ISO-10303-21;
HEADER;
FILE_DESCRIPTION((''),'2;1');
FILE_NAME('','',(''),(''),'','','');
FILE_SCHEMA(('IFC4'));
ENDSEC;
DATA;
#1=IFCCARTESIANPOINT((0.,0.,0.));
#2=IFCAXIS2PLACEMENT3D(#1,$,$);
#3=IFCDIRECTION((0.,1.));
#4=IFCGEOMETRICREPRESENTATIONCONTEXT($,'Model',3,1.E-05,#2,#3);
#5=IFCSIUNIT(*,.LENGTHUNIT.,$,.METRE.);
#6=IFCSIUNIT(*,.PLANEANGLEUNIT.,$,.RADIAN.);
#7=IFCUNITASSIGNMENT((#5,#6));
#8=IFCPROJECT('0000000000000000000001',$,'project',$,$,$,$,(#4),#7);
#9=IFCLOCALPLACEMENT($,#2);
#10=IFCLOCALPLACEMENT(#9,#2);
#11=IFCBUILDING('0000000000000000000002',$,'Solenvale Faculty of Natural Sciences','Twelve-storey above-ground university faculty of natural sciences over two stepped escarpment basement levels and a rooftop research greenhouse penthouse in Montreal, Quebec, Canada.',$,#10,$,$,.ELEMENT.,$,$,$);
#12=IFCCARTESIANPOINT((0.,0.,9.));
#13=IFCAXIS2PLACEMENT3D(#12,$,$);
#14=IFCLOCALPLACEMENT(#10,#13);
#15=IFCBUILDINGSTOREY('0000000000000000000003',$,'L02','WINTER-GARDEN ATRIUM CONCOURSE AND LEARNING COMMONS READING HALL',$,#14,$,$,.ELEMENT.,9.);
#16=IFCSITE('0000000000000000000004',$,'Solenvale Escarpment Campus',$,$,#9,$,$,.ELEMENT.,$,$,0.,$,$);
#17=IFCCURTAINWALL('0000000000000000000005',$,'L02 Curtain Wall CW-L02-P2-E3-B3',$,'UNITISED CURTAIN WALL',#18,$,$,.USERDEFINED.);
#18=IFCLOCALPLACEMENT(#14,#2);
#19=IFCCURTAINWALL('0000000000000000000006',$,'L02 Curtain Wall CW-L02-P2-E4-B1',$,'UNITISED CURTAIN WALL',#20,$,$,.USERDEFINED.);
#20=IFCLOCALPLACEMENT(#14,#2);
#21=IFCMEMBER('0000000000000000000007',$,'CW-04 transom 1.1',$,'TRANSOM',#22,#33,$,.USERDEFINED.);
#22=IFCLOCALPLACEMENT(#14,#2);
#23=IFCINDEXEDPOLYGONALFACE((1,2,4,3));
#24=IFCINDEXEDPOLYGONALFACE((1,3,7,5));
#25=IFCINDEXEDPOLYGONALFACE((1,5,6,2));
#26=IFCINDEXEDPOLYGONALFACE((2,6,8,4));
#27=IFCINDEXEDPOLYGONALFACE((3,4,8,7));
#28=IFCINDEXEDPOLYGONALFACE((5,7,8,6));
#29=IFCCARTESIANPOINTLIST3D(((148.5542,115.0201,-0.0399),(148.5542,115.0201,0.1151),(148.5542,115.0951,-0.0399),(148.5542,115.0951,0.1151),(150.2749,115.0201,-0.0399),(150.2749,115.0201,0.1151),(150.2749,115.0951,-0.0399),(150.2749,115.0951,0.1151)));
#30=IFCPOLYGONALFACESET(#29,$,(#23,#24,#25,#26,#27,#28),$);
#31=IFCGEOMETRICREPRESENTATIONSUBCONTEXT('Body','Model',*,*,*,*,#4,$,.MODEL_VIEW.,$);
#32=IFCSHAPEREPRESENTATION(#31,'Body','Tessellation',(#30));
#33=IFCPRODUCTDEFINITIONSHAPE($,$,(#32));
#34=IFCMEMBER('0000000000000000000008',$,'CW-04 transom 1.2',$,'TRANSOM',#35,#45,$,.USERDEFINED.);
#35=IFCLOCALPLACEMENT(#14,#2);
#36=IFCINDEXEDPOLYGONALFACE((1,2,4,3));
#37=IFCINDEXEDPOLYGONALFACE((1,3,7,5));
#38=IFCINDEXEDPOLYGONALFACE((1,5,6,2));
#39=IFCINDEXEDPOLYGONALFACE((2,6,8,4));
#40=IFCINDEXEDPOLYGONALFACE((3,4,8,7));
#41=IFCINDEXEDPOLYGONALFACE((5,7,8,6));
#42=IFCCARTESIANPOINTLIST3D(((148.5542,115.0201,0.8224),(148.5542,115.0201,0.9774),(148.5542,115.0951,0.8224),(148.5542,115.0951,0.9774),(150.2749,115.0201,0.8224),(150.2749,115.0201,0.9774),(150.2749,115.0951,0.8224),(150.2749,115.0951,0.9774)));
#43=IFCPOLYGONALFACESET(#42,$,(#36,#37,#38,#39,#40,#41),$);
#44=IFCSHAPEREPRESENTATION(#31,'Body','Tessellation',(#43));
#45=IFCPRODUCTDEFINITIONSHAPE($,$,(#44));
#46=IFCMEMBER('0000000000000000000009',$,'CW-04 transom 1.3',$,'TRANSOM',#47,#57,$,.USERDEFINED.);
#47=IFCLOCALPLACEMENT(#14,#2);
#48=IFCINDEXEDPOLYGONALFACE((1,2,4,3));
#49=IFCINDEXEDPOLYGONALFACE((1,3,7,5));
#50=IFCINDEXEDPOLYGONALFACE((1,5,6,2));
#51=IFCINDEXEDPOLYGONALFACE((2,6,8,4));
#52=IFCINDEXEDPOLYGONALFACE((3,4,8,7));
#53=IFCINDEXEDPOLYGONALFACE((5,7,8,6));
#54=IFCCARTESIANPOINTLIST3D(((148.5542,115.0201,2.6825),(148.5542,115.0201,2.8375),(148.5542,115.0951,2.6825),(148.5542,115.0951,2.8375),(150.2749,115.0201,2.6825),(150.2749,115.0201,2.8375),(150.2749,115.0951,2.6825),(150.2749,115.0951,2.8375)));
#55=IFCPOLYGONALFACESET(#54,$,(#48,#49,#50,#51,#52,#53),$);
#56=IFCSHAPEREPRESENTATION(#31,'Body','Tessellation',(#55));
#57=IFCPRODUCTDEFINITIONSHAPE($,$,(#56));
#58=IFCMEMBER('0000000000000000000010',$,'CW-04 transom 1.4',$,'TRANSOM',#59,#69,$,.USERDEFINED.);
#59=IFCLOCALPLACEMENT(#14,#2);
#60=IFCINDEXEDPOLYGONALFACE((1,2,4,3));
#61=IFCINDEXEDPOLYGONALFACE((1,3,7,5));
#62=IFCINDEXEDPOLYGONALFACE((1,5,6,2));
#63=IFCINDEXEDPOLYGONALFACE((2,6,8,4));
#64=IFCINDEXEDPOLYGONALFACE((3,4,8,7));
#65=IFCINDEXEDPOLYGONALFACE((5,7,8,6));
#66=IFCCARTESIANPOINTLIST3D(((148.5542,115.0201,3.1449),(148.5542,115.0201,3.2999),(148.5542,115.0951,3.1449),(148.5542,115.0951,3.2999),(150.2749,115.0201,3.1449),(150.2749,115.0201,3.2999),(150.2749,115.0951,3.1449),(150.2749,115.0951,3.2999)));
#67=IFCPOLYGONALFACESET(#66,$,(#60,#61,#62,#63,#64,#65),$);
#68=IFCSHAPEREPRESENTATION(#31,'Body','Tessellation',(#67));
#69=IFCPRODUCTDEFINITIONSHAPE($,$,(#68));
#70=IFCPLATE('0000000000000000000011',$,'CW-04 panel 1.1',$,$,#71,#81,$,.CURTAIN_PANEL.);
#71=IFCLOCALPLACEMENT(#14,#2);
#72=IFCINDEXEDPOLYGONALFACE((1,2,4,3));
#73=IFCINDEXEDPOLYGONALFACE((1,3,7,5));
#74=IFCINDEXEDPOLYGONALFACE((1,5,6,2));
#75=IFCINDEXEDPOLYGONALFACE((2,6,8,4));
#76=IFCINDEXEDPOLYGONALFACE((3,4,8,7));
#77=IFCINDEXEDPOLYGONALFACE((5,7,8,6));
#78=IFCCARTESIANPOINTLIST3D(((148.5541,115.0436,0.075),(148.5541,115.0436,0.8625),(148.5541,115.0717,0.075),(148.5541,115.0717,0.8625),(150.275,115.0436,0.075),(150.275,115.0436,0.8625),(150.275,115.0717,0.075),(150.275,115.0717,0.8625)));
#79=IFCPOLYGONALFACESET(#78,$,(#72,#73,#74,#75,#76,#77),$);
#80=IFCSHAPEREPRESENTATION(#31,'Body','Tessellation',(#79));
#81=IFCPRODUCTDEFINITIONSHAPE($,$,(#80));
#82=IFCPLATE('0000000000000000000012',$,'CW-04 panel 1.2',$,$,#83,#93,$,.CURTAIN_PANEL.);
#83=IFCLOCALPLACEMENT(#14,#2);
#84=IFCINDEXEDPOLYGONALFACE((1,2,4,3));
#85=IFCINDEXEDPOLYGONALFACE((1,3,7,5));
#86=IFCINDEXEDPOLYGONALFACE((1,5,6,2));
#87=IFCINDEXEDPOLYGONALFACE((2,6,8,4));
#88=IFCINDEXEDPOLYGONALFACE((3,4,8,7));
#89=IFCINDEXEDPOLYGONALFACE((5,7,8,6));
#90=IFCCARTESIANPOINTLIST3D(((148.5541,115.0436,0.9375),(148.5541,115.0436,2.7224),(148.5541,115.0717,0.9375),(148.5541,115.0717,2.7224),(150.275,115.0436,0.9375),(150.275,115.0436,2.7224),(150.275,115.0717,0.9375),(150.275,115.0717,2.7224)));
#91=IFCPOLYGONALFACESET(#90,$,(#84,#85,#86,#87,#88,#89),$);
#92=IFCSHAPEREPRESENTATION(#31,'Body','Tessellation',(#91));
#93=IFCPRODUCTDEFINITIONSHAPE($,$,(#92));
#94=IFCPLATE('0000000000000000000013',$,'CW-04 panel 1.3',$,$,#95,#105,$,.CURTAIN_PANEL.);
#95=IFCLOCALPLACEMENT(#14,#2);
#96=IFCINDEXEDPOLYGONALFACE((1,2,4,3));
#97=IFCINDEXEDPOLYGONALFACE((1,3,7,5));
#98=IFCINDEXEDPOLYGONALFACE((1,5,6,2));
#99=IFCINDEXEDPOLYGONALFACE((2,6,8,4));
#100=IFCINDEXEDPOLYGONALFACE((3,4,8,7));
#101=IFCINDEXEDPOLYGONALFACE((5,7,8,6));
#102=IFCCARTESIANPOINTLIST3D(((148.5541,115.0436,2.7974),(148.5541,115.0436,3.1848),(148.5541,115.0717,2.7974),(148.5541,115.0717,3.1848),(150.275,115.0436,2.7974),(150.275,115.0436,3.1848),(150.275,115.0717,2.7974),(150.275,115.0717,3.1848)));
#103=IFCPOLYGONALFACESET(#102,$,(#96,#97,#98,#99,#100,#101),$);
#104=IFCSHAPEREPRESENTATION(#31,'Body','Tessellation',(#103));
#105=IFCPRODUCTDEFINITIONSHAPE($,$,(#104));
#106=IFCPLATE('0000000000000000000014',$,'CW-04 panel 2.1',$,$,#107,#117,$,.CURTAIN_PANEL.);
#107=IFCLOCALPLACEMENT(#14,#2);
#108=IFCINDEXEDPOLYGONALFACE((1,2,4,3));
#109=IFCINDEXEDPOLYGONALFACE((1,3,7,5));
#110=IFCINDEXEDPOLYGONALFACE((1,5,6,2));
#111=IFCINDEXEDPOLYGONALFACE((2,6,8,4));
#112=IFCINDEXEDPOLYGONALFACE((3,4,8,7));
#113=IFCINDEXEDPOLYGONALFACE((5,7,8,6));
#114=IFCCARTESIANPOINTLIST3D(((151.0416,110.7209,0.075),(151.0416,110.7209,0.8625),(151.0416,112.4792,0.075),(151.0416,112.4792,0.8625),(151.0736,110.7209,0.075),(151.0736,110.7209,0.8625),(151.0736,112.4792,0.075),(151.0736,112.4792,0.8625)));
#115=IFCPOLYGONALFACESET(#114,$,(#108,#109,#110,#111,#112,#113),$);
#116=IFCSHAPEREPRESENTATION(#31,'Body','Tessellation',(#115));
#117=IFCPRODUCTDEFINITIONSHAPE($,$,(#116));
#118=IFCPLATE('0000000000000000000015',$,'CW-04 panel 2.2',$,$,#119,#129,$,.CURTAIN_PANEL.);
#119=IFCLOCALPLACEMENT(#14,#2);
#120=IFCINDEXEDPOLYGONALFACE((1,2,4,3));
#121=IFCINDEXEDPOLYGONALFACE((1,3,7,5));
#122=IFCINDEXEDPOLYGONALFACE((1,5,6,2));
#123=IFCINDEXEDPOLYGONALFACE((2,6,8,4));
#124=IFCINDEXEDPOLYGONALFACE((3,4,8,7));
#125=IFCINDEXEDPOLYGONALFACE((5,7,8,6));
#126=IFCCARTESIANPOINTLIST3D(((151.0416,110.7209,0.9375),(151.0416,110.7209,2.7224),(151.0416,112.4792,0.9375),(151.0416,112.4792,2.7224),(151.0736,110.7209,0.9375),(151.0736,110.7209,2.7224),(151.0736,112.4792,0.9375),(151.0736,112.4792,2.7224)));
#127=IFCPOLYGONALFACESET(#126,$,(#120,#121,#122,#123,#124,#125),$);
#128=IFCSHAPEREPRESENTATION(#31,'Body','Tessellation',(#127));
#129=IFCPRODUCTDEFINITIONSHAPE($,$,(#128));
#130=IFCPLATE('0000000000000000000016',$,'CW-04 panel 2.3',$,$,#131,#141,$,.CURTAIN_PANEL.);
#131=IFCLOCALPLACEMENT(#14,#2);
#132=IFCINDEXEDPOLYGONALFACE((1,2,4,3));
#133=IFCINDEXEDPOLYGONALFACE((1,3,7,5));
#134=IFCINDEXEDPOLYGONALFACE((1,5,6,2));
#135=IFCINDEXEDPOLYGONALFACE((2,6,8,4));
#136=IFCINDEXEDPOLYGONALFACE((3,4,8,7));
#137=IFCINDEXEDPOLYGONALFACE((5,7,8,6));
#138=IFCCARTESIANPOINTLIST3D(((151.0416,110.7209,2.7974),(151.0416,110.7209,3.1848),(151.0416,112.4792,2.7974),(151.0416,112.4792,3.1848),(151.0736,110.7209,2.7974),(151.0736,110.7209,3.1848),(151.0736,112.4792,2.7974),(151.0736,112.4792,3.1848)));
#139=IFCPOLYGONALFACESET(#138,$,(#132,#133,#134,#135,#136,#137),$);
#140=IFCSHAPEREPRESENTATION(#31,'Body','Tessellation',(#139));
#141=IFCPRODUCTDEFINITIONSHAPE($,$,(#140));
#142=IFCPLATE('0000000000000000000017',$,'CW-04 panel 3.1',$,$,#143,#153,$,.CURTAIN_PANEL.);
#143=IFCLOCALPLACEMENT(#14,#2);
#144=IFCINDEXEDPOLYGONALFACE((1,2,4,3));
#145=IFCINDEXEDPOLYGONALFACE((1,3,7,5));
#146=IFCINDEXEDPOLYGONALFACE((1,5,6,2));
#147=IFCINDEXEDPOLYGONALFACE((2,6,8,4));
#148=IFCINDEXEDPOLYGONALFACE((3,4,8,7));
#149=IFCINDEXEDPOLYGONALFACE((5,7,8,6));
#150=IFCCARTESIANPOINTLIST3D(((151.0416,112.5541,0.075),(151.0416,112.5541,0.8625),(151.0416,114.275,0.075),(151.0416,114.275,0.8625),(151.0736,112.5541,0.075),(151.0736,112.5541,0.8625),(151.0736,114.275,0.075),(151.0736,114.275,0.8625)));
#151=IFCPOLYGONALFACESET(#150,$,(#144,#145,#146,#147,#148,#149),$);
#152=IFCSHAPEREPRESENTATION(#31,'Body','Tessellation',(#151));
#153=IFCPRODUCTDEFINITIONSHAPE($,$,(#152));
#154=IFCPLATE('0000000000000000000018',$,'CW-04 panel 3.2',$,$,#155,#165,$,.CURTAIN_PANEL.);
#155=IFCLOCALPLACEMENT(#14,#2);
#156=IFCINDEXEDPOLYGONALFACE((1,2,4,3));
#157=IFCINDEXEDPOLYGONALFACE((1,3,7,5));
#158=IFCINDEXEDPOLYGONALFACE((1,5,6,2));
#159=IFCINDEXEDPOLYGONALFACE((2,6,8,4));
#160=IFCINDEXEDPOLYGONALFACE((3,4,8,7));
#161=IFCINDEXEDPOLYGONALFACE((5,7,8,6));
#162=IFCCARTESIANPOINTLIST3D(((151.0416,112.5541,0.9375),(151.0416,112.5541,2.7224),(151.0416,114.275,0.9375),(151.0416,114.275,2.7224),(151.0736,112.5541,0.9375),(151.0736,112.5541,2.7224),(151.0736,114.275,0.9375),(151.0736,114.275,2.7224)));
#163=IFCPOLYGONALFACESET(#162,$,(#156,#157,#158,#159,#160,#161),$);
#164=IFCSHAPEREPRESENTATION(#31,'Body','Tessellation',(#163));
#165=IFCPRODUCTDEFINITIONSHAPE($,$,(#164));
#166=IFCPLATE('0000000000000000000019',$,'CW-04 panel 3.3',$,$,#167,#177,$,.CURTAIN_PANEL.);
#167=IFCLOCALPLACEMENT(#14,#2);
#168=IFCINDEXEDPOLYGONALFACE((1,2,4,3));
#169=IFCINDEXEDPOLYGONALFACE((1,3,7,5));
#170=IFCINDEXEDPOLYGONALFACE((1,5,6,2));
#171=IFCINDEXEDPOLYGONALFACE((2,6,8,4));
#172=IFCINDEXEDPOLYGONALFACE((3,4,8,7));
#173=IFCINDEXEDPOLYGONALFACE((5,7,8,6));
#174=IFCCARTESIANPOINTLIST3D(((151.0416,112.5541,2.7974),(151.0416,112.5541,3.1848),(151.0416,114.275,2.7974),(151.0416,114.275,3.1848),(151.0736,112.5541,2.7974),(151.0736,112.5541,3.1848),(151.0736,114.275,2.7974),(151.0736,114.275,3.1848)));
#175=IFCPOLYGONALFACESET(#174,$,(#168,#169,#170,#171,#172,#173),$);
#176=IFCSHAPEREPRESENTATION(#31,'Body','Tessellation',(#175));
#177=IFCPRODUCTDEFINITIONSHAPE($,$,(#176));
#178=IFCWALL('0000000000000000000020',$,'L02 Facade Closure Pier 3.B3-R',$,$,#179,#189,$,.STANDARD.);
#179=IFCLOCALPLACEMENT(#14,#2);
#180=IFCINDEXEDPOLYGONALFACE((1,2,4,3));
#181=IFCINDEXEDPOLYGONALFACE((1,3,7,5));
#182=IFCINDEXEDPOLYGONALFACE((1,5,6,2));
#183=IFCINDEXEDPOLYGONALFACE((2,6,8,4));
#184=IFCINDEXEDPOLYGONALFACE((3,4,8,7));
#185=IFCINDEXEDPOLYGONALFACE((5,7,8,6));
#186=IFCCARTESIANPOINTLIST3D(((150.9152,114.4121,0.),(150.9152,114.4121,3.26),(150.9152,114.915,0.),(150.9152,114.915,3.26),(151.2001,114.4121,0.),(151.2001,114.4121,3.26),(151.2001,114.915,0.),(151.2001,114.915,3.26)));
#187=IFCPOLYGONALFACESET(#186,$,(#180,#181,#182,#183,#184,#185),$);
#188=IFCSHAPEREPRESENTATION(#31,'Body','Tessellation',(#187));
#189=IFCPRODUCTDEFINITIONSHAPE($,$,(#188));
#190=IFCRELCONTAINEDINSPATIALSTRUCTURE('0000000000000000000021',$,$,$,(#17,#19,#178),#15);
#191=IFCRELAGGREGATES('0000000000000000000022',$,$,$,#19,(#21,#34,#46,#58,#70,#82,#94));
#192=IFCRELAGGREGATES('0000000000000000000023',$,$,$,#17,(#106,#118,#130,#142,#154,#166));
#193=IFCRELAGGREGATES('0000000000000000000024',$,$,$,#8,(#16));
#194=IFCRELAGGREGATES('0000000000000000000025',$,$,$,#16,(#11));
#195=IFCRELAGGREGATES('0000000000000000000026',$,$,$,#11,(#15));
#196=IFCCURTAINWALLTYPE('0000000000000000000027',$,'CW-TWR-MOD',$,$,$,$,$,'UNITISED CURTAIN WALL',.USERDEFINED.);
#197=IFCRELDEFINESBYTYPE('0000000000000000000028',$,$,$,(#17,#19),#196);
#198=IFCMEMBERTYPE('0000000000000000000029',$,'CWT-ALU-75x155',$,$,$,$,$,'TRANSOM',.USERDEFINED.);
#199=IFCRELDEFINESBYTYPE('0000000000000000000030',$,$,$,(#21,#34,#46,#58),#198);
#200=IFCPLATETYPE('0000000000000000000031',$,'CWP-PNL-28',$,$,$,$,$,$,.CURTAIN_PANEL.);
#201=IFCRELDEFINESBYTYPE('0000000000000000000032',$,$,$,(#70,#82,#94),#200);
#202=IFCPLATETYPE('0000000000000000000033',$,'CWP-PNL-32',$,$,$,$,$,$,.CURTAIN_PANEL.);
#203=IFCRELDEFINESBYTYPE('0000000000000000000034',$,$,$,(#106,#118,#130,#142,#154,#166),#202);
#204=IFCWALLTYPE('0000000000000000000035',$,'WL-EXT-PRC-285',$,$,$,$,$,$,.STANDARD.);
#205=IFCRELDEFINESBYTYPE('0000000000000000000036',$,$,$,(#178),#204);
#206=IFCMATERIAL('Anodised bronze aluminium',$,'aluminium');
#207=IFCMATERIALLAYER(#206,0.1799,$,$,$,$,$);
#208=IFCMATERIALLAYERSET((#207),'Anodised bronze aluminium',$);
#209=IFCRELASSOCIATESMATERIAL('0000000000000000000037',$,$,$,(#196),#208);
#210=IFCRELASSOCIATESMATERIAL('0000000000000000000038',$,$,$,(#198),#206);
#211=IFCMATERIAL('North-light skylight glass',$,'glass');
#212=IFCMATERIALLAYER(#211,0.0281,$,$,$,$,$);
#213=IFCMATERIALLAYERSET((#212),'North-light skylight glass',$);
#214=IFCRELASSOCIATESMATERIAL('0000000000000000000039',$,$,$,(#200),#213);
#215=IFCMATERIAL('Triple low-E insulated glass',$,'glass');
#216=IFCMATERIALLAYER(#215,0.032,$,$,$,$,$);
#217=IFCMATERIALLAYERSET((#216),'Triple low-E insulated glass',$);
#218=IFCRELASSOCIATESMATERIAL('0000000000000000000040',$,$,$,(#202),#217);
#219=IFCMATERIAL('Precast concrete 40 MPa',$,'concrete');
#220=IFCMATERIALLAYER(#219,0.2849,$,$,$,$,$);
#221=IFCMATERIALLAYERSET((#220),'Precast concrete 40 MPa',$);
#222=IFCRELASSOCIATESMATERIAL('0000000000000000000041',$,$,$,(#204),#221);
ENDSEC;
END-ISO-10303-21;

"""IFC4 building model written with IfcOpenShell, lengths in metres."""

from ifc_helpers import new_model, si_unit, direction, frame, frame_2d, origin, origin_2d, place, context, subcontext, project, spatial, rectangle, extrude, material, layer, layer_set, material_profile, profile_set, type_object, element, aggregate, save


model = new_model("IFC4")

# Units and contexts
model_context = context("Model", 3, precision=1e-05, world=origin(), true_north=direction((0.0, 1.0)))
body_context = subcontext(model_context, "Body", "Model", "MODEL_VIEW")
ifc_project = project(units=[si_unit("LENGTHUNIT", "METRE"), si_unit("PLANEANGLEUNIT", "RADIAN")], contexts=[model_context])

# Site, building, storey
site_placement = place(None, origin())
site = spatial("IfcSite", under=ifc_project, at=site_placement, Name="Solenvale Escarpment Campus", CompositionType="ELEMENT", RefElevation=0.0)
building_placement = place(site_placement, origin())
building = spatial("IfcBuilding", under=site, at=building_placement, Name="Solenvale Faculty of Natural Sciences", Description="Twelve-storey above-ground university faculty of natural sciences over two stepped escarpment basement levels and a rooftop research greenhouse penthouse in Montreal, Quebec, Canada.", CompositionType="ELEMENT")
storey_placement = place(building_placement, frame((0.0, 0.0, 9.0)))
storey = spatial("IfcBuildingStorey", under=building, at=storey_placement, Name="L02", Description="WINTER-GARDEN ATRIUM CONCOURSE AND LEARNING COMMONS READING HALL", CompositionType="ELEMENT", Elevation=9.0)

# Curtain walls
ifc_material_1 = material(Name="Anodised bronze aluminium", Category="aluminium")
ifc_layer_1 = layer(ifc_material_1, 0.1799)
ifc_layer_set_1 = layer_set([ifc_layer_1], Name="Anodised bronze aluminium")
curtain_wall_type = type_object("IfcCurtainWallType", Name="CW-TWR-MOD", ElementType="UNITISED CURTAIN WALL", PredefinedType="USERDEFINED", material=ifc_layer_set_1)
curtain_wall_1_placement = place(storey_placement, origin())
curtain_wall_1 = element("IfcCurtainWall", 1, at=curtain_wall_1_placement, inside=storey, type_object=curtain_wall_type, Name="L02 Curtain Wall CW-L02-P2-E3-B3", ObjectType="UNITISED CURTAIN WALL", PredefinedType="USERDEFINED")
curtain_wall_2_placement = place(storey_placement, origin())
curtain_wall_2 = element("IfcCurtainWall", 2, at=curtain_wall_2_placement, inside=storey, type_object=curtain_wall_type, Name="L02 Curtain Wall CW-L02-P2-E4-B1", ObjectType="UNITISED CURTAIN WALL", PredefinedType="USERDEFINED")

# Members
ifc_material_profile_1 = material_profile(ifc_material_1, rectangle(XDim=0.075, YDim=0.155, at=origin_2d()), Name="ALU-TRN-75x155")
ifc_profile_set_1 = profile_set([ifc_material_profile_1], Name="Anodised bronze aluminium")
member_type_1 = type_object("IfcMemberType", Name="CWT-ALU-75x155", ElementType="TRANSOM", PredefinedType="USERDEFINED", material=ifc_profile_set_1)
member_1_placement = place(storey_placement, frame((150.2749, 115.0576, 0.0376), z_axis=(-1.0, 0.0, 0.0), x_axis=(0.0, -1.0, 0.0)))
member_1 = element("IfcMember", 3, at=member_1_placement, type_object=member_type_1, Name="CW-04 transom 1.1", ObjectType="TRANSOM", PredefinedType="USERDEFINED", context=body_context, shape_type="SweptSolid", body=[
    extrude(rectangle(XDim=0.075, YDim=0.155, at=origin_2d()), origin(), (0.0, 0.0, 1.0), 1.7207),
])
member_2_placement = place(storey_placement, frame((150.2749, 115.0576, 0.8999), z_axis=(-1.0, 0.0, 0.0), x_axis=(0.0, -1.0, 0.0)))
member_2 = element("IfcMember", 4, at=member_2_placement, type_object=member_type_1, Name="CW-04 transom 1.2", ObjectType="TRANSOM", PredefinedType="USERDEFINED", context=body_context, shape_type="SweptSolid", body=[
    extrude(rectangle(XDim=0.075, YDim=0.155, at=origin_2d()), origin(), (0.0, 0.0, 1.0), 1.7207),
])
member_3_placement = place(storey_placement, frame((150.2749, 115.0576, 2.76), z_axis=(-1.0, 0.0, 0.0), x_axis=(0.0, -1.0, 0.0)))
member_3 = element("IfcMember", 5, at=member_3_placement, type_object=member_type_1, Name="CW-04 transom 1.3", ObjectType="TRANSOM", PredefinedType="USERDEFINED", context=body_context, shape_type="SweptSolid", body=[
    extrude(rectangle(XDim=0.075, YDim=0.155, at=origin_2d()), origin(), (0.0, 0.0, 1.0), 1.7207),
])
member_4_placement = place(storey_placement, frame((150.2749, 115.0576, 3.2224), z_axis=(-1.0, 0.0, 0.0), x_axis=(0.0, -1.0, 0.0)))
member_4 = element("IfcMember", 6, at=member_4_placement, type_object=member_type_1, Name="CW-04 transom 1.4", ObjectType="TRANSOM", PredefinedType="USERDEFINED", context=body_context, shape_type="SweptSolid", body=[
    extrude(rectangle(XDim=0.075, YDim=0.155, at=origin_2d()), origin(), (0.0, 0.0, 1.0), 1.7207),
])

# Plates
ifc_material_2 = material(Name="North-light skylight glass", Category="glass")
ifc_layer_2 = layer(ifc_material_2, 0.0281)
ifc_layer_set_2 = layer_set([ifc_layer_2], Name="North-light skylight glass")
plate_type_1 = type_object("IfcPlateType", Name="CWP-PNL-28", PredefinedType="CURTAIN_PANEL", material=ifc_layer_set_2)
plate_1_placement = place(storey_placement, frame((149.4146, 115.0576, 0.075), z_axis=(0.0, 0.0, 1.0), x_axis=(-1.0, 0.0, 0.0)))
plate_1 = element("IfcPlate", 7, at=plate_1_placement, type_object=plate_type_1, Name="CW-04 panel 1.1", PredefinedType="CURTAIN_PANEL", context=body_context, shape_type="SweptSolid", body=[
    extrude(rectangle(XDim=1.7209, YDim=0.0281, at=origin_2d()), origin(), (0.0, 0.0, 1.0), 0.7876),
])
plate_2_placement = place(storey_placement, frame((149.4146, 115.0576, 0.9375), z_axis=(0.0, 0.0, 1.0), x_axis=(-1.0, 0.0, 0.0)))
plate_2 = element("IfcPlate", 8, at=plate_2_placement, type_object=plate_type_1, Name="CW-04 panel 1.2", PredefinedType="CURTAIN_PANEL", context=body_context, shape_type="SweptSolid", body=[
    extrude(rectangle(XDim=1.7209, YDim=0.0281, at=origin_2d()), origin(), (0.0, 0.0, 1.0), 1.7849),
])
plate_3_placement = place(storey_placement, frame((149.4146, 115.0576, 2.7974), z_axis=(0.0, 0.0, 1.0), x_axis=(-1.0, 0.0, 0.0)))
plate_3 = element("IfcPlate", 9, at=plate_3_placement, type_object=plate_type_1, Name="CW-04 panel 1.3", PredefinedType="CURTAIN_PANEL", context=body_context, shape_type="SweptSolid", body=[
    extrude(rectangle(XDim=1.7209, YDim=0.0281, at=origin_2d()), origin(), (0.0, 0.0, 1.0), 0.3875),
])
aggregate(curtain_wall_2, [member_1, member_2, member_3, member_4, plate_1, plate_2, plate_3])
ifc_material_3 = material(Name="Triple low-E insulated glass", Category="glass")
ifc_layer_3 = layer(ifc_material_3, 0.032)
ifc_layer_set_3 = layer_set([ifc_layer_3], Name="Triple low-E insulated glass")
plate_type_2 = type_object("IfcPlateType", Name="CWP-PNL-32", PredefinedType="CURTAIN_PANEL", material=ifc_layer_set_3)
plate_4_placement = place(storey_placement, frame((151.0576, 111.6001, 0.075), z_axis=(0.0, 0.0, 1.0), x_axis=(0.0, 1.0, 0.0)))
plate_4 = element("IfcPlate", 10, at=plate_4_placement, type_object=plate_type_2, Name="CW-04 panel 2.1", PredefinedType="CURTAIN_PANEL", context=body_context, shape_type="SweptSolid", body=[
    extrude(rectangle(XDim=1.7583, YDim=0.032, at=origin_2d()), origin(), (0.0, 0.0, 1.0), 0.7876),
])
plate_5_placement = place(storey_placement, frame((151.0576, 111.6001, 0.9375), z_axis=(0.0, 0.0, 1.0), x_axis=(0.0, 1.0, 0.0)))
plate_5 = element("IfcPlate", 11, at=plate_5_placement, type_object=plate_type_2, Name="CW-04 panel 2.2", PredefinedType="CURTAIN_PANEL", context=body_context, shape_type="SweptSolid", body=[
    extrude(rectangle(XDim=1.7583, YDim=0.032, at=origin_2d()), origin(), (0.0, 0.0, 1.0), 1.7849),
])
plate_6_placement = place(storey_placement, frame((151.0576, 111.6001, 2.7974), z_axis=(0.0, 0.0, 1.0), x_axis=(0.0, 1.0, 0.0)))
plate_6 = element("IfcPlate", 12, at=plate_6_placement, type_object=plate_type_2, Name="CW-04 panel 2.3", PredefinedType="CURTAIN_PANEL", context=body_context, shape_type="SweptSolid", body=[
    extrude(rectangle(XDim=1.7583, YDim=0.032, at=origin_2d()), origin(), (0.0, 0.0, 1.0), 0.3875),
])
plate_7_placement = place(storey_placement, frame((151.0576, 113.4146, 0.075), z_axis=(0.0, 0.0, 1.0), x_axis=(0.0, 1.0, 0.0)))
plate_7 = element("IfcPlate", 13, at=plate_7_placement, type_object=plate_type_2, Name="CW-04 panel 3.1", PredefinedType="CURTAIN_PANEL", context=body_context, shape_type="SweptSolid", body=[
    extrude(rectangle(XDim=1.7209, YDim=0.032, at=origin_2d()), origin(), (0.0, 0.0, 1.0), 0.7876),
])
plate_8_placement = place(storey_placement, frame((151.0576, 113.4146, 0.9375), z_axis=(0.0, 0.0, 1.0), x_axis=(0.0, 1.0, 0.0)))
plate_8 = element("IfcPlate", 14, at=plate_8_placement, type_object=plate_type_2, Name="CW-04 panel 3.2", PredefinedType="CURTAIN_PANEL", context=body_context, shape_type="SweptSolid", body=[
    extrude(rectangle(XDim=1.7209, YDim=0.032, at=origin_2d()), origin(), (0.0, 0.0, 1.0), 1.7849),
])
plate_9_placement = place(storey_placement, frame((151.0576, 113.4146, 2.7974), z_axis=(0.0, 0.0, 1.0), x_axis=(0.0, 1.0, 0.0)))
plate_9 = element("IfcPlate", 15, at=plate_9_placement, type_object=plate_type_2, Name="CW-04 panel 3.3", PredefinedType="CURTAIN_PANEL", context=body_context, shape_type="SweptSolid", body=[
    extrude(rectangle(XDim=1.7209, YDim=0.032, at=origin_2d()), origin(), (0.0, 0.0, 1.0), 0.3875),
])
aggregate(curtain_wall_1, [plate_4, plate_5, plate_6, plate_7, plate_8, plate_9])

# Wall
ifc_material_4 = material(Name="Precast concrete 40 MPa", Category="concrete")
ifc_layer_4 = layer(ifc_material_4, 0.2849)
ifc_layer_set_4 = layer_set([ifc_layer_4], Name="Precast concrete 40 MPa")
wall_type_1 = type_object("IfcWallType", Name="WL-EXT-PRC-285", PredefinedType="STANDARD", material=ifc_layer_set_4)
wall_1_placement = place(storey_placement, frame((151.0576, 114.4121, 0.0), z_axis=(0.0, 0.0, 1.0), x_axis=(0.0, 1.0, 0.0)))
element("IfcWall", 16, at=wall_1_placement, inside=storey, type_object=wall_type_1, Name="L02 Facade Closure Pier 3.B3-R", PredefinedType="STANDARD", context=body_context, shape_type="SweptSolid", body=[
    extrude(rectangle(XDim=0.5029, YDim=0.2849, at=frame_2d((0.2515, 0.0))), origin(), (0.0, 0.0, 1.0), 3.26),
])

save(model, "model.ifc")
